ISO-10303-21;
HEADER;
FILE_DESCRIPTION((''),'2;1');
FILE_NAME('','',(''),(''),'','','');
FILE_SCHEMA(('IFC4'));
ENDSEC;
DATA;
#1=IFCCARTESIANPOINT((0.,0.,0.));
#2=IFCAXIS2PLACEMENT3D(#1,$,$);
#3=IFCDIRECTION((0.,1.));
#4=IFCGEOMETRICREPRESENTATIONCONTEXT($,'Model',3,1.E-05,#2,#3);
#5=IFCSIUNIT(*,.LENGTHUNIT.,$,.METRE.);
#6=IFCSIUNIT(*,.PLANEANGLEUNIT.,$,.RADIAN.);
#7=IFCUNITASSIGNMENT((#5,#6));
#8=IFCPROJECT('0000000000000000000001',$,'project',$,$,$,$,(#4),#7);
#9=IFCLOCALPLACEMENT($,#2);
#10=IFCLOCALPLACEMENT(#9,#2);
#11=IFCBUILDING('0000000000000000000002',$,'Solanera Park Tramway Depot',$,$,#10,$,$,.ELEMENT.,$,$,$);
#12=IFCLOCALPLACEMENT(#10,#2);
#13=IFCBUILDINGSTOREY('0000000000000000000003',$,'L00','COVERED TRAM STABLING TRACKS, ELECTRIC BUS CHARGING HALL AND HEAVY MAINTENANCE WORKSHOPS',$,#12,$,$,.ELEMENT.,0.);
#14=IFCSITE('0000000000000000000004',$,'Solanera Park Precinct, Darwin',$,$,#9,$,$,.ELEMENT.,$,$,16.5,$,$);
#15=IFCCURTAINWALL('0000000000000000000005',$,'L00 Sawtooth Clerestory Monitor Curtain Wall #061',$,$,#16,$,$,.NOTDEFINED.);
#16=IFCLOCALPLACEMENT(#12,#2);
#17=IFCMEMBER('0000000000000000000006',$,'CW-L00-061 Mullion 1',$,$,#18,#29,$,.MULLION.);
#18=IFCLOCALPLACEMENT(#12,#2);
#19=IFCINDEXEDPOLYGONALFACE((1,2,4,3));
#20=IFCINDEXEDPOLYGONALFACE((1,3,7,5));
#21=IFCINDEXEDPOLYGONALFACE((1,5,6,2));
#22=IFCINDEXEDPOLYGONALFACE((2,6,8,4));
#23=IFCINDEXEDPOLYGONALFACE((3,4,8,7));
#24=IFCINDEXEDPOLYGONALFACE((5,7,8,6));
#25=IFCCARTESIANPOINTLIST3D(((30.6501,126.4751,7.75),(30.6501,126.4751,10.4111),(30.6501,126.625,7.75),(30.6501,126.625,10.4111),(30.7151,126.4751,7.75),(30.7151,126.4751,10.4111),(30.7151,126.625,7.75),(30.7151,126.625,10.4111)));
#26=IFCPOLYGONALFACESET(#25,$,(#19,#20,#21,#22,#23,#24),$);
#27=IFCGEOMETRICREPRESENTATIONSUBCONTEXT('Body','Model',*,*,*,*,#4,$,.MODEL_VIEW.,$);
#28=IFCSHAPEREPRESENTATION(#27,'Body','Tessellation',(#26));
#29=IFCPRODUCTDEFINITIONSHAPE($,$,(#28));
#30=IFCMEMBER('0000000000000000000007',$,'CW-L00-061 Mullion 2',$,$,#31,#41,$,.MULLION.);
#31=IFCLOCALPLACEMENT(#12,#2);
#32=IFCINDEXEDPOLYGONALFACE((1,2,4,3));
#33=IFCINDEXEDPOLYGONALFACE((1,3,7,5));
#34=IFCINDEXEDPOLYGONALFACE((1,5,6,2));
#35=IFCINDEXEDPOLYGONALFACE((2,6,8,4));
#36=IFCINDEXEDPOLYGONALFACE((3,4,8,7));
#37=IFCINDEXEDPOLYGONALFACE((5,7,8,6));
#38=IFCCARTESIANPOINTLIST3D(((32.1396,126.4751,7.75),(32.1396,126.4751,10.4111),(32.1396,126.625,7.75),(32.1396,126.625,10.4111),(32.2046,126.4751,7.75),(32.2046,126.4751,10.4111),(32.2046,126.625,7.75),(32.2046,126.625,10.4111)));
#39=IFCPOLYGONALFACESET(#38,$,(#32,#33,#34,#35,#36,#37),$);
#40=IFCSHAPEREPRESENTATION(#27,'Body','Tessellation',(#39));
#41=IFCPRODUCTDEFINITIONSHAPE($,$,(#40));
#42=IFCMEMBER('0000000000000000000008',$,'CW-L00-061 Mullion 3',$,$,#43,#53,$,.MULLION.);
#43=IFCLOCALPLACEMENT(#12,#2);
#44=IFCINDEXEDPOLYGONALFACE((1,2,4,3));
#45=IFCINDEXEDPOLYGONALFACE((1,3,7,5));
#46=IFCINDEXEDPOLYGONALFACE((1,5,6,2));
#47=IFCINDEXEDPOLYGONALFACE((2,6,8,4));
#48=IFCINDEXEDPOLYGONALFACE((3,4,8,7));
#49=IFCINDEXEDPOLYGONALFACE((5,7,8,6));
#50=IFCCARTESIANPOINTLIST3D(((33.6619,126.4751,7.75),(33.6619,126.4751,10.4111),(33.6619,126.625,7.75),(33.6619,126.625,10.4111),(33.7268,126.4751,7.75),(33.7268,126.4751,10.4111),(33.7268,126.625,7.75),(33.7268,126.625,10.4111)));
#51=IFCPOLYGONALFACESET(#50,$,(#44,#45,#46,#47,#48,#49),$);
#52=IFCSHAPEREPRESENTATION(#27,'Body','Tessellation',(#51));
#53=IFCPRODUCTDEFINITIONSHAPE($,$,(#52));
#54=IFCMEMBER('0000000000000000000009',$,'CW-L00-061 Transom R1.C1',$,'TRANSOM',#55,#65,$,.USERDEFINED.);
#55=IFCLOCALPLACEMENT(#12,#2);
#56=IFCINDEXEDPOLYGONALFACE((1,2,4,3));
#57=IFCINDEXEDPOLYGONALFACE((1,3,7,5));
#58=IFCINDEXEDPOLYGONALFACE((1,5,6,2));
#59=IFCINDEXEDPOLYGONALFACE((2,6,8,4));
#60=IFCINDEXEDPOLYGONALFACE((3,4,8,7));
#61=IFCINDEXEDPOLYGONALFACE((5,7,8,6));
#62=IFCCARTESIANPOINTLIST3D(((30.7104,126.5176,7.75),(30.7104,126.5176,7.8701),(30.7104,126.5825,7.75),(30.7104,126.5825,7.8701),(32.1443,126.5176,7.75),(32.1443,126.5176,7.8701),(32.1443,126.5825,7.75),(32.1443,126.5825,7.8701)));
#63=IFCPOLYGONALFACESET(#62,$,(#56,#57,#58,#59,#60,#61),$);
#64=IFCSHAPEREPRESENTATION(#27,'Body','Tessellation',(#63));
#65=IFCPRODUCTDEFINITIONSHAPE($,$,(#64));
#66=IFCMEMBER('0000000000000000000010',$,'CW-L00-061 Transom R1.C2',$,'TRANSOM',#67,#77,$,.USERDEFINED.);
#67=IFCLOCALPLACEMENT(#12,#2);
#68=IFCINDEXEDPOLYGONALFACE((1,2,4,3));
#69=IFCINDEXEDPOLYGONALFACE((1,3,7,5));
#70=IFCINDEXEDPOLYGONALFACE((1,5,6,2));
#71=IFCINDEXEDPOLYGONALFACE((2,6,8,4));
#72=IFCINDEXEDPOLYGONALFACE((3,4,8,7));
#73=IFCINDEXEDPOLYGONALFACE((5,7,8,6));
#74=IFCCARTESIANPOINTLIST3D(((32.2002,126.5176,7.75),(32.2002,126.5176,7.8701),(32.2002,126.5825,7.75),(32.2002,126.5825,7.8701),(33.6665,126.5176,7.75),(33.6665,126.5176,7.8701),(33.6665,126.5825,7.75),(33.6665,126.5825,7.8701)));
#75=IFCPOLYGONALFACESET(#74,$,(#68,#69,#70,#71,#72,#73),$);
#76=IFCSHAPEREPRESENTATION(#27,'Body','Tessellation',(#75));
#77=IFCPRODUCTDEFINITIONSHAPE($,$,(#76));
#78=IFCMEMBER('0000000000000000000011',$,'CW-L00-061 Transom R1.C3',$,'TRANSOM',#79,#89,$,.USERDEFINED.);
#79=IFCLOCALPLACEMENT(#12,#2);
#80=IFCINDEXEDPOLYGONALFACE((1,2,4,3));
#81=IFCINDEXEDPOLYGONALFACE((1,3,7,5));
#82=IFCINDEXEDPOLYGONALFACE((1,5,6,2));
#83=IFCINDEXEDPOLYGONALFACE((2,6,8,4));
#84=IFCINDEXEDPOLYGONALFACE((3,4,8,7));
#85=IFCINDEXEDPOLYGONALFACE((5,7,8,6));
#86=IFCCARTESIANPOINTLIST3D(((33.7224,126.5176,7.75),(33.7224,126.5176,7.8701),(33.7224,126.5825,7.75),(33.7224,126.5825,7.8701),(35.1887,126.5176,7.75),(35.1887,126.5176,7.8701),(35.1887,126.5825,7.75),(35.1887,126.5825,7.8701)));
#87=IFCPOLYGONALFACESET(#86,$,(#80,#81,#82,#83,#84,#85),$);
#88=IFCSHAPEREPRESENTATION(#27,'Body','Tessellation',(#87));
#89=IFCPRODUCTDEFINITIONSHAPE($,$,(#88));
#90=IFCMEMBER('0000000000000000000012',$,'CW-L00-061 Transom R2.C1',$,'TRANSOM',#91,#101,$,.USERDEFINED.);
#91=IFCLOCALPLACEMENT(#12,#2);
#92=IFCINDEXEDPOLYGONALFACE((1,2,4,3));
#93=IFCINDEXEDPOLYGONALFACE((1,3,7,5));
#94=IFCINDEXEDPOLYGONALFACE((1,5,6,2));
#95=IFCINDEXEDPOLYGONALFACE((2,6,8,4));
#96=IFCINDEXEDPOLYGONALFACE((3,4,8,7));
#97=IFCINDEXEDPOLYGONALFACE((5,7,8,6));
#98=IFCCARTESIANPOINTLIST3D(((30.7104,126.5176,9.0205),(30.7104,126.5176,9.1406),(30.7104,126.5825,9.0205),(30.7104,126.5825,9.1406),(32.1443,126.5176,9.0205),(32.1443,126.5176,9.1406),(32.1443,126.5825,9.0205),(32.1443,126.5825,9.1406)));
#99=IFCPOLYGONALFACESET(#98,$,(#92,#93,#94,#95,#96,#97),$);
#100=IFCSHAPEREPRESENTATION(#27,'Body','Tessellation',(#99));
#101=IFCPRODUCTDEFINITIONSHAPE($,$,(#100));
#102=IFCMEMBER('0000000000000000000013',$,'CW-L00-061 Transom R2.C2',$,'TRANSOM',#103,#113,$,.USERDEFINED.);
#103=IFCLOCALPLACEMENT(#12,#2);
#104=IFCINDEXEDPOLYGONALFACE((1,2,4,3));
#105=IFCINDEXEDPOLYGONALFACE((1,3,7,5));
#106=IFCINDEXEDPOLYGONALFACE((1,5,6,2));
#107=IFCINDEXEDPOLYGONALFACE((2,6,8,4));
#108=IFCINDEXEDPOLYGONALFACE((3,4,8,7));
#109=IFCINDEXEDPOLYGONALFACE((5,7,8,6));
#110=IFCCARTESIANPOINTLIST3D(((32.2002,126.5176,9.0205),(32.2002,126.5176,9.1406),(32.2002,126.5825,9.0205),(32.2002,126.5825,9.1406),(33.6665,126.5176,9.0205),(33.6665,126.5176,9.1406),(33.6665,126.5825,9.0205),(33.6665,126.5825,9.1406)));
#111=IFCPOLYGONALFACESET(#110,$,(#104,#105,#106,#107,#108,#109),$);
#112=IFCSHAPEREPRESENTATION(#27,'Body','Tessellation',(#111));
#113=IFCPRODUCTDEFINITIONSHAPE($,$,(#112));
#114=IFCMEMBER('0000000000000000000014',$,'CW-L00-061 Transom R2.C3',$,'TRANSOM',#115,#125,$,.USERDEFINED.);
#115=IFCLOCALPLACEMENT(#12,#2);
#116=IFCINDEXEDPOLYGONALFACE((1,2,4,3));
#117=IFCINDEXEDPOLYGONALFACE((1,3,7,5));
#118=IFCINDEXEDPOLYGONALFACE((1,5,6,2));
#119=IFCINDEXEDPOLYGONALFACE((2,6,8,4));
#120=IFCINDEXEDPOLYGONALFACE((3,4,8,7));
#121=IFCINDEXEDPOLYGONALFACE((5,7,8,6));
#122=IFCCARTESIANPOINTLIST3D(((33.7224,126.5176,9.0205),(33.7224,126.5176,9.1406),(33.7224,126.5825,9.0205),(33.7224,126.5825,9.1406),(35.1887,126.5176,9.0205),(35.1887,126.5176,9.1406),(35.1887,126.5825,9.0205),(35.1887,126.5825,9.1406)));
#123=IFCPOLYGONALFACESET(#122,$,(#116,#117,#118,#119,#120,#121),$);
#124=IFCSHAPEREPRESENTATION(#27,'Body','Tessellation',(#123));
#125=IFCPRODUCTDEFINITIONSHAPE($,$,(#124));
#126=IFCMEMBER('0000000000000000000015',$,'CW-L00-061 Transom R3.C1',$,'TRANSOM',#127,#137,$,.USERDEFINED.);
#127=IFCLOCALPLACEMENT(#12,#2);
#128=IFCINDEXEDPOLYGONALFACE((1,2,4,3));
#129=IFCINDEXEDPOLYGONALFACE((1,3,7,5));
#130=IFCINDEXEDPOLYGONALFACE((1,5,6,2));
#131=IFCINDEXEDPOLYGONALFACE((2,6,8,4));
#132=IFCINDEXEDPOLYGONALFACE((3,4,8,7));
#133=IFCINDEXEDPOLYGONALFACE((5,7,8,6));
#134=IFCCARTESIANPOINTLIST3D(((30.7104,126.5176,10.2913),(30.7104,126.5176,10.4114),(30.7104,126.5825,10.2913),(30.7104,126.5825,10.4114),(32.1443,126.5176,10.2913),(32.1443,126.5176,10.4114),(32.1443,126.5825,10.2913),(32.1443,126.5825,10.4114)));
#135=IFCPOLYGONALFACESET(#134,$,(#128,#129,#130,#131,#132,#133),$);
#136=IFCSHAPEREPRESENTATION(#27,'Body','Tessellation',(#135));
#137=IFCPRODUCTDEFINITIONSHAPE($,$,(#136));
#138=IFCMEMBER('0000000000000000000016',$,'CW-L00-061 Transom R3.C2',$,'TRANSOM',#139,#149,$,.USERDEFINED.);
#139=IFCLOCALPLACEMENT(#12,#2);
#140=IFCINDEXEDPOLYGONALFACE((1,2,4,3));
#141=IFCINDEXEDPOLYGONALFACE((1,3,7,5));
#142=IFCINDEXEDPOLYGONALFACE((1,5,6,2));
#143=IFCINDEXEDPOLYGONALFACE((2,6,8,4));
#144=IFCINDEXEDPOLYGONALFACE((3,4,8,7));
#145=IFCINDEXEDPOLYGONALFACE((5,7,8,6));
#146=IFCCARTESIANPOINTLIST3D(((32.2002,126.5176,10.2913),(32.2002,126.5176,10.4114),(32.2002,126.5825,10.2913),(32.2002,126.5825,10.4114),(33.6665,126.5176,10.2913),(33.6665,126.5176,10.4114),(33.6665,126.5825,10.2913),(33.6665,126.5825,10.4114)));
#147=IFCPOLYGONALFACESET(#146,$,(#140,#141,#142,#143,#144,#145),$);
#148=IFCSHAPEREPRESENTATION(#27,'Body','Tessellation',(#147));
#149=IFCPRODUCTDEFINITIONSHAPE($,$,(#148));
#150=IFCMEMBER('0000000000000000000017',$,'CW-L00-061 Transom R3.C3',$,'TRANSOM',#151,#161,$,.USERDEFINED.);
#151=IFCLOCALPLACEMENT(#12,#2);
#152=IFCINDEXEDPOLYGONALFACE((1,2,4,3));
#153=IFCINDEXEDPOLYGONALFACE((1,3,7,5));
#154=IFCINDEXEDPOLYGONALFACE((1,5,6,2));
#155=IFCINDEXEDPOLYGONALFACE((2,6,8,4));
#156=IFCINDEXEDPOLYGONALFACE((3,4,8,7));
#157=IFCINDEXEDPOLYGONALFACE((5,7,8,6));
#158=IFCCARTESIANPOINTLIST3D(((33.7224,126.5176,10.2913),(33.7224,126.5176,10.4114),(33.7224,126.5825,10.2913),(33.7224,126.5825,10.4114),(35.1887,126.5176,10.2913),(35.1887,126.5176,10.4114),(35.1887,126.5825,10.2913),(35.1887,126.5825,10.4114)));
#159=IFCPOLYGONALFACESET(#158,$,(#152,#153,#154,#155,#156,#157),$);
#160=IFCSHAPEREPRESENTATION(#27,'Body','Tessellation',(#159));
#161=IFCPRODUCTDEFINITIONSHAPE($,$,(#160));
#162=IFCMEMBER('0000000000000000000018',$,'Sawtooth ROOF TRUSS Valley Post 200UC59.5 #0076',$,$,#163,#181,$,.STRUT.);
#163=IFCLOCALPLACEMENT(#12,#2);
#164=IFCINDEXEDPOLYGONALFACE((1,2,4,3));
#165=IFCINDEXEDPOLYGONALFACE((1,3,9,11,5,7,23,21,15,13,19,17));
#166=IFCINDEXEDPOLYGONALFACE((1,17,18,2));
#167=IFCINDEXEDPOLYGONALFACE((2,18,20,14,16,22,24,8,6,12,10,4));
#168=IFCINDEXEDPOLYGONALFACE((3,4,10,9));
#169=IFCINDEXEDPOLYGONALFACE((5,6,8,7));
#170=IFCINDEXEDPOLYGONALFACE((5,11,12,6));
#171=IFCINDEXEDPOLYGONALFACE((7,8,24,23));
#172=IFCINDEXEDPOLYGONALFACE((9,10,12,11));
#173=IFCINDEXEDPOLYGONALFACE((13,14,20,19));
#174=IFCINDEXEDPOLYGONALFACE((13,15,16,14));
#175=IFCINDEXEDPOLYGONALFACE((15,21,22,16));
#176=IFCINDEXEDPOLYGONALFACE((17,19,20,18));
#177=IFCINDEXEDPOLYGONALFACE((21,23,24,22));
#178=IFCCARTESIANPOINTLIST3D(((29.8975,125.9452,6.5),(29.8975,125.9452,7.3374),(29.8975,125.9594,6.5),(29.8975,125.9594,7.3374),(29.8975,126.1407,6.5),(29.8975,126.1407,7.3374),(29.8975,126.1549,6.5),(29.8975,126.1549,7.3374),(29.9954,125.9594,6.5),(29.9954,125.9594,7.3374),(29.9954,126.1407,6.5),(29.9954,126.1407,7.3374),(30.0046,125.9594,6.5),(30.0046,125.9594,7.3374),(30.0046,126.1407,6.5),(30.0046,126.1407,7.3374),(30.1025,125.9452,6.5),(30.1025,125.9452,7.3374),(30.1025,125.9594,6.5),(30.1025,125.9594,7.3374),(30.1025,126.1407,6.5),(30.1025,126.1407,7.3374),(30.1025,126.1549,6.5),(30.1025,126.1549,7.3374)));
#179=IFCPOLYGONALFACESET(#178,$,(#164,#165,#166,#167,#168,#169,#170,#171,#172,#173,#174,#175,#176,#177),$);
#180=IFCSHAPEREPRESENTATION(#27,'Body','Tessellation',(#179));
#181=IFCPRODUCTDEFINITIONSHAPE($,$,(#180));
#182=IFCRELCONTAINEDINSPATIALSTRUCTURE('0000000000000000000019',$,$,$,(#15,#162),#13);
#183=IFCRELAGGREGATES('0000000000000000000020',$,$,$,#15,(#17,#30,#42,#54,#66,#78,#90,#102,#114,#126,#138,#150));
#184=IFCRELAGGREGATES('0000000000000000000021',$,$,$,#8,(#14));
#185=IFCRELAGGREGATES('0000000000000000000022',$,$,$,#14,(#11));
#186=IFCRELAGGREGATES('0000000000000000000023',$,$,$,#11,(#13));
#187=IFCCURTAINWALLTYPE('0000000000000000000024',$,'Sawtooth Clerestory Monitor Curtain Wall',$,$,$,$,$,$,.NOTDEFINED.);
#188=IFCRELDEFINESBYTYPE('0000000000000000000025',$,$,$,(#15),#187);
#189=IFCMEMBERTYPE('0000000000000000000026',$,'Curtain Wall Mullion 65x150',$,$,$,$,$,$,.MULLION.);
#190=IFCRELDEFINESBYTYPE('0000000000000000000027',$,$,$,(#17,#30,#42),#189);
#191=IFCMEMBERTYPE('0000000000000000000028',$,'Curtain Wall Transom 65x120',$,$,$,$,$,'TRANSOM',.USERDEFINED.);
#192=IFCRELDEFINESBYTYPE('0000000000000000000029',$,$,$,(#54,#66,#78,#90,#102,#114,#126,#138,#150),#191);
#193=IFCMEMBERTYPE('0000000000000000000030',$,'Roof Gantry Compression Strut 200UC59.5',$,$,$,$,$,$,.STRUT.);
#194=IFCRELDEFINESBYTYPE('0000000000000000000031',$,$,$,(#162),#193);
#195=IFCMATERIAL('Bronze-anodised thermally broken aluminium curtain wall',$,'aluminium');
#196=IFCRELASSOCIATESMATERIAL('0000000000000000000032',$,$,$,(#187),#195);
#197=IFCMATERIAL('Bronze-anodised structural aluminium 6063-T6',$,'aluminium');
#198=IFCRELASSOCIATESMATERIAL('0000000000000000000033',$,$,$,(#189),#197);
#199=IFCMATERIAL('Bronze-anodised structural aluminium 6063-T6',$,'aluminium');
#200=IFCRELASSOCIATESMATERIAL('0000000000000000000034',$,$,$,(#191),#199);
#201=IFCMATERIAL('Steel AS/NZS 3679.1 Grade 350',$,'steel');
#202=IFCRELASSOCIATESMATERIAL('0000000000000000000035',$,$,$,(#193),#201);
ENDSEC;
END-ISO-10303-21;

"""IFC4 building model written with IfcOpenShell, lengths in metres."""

from ifc_helpers import new_model, si_unit, direction, frame, origin, origin_2d, place, context, subcontext, project, spatial, rectangle, i_section, extrude, material, material_profile, profile_set, type_object, element, aggregate, save


model = new_model("IFC4")

# Units and contexts
model_context = context("Model", 3, precision=1e-05, world=origin(), true_north=direction((0.0, 1.0)))
body_context = subcontext(model_context, "Body", "Model", "MODEL_VIEW")
ifc_project = project(units=[si_unit("LENGTHUNIT", "METRE"), si_unit("PLANEANGLEUNIT", "RADIAN")], contexts=[model_context])

# Site, building, storey
site_placement = place(None, origin())
site = spatial("IfcSite", under=ifc_project, at=site_placement, Name="Solanera Park Precinct, Darwin", CompositionType="ELEMENT", RefElevation=16.5)
building_placement = place(site_placement, origin())
building = spatial("IfcBuilding", under=site, at=building_placement, Name="Solanera Park Tramway Depot", CompositionType="ELEMENT")
storey_placement = place(building_placement, origin())
storey = spatial("IfcBuildingStorey", under=building, at=storey_placement, Name="L00", Description="COVERED TRAM STABLING TRACKS, ELECTRIC BUS CHARGING HALL AND HEAVY MAINTENANCE WORKSHOPS", CompositionType="ELEMENT", Elevation=0.0)

# Curtain wall, members
ifc_material_1 = material(Name="Bronze-anodised thermally broken aluminium curtain wall", Category="aluminium")
curtain_wall_type = type_object("IfcCurtainWallType", Name="Sawtooth Clerestory Monitor Curtain Wall", PredefinedType="NOTDEFINED", material=ifc_material_1)
curtain_wall_placement = place(storey_placement, origin())
curtain_wall = element("IfcCurtainWall", 1, at=curtain_wall_placement, inside=storey, type_object=curtain_wall_type, Name="L00 Sawtooth Clerestory Monitor Curtain Wall #061", PredefinedType="NOTDEFINED")
ifc_material_2 = material(Name="Bronze-anodised structural aluminium 6063-T6", Category="aluminium")
ifc_material_profile_1 = material_profile(ifc_material_2, rectangle(XDim=0.0649, YDim=0.1499, at=origin_2d()), Name="Curtain Wall Mullion 65x150")
ifc_profile_set_1 = profile_set([ifc_material_profile_1], Name="Bronze-anodised structural aluminium 6063-T6")
member_type_1 = type_object("IfcMemberType", Name="Curtain Wall Mullion 65x150", PredefinedType="MULLION", material=ifc_profile_set_1)
member_1_placement = place(storey_placement, frame((30.6826, 126.55, 7.75), z_axis=(0.0, 0.0, 1.0), x_axis=(1.0, 0.0, 0.0)))
member_1 = element("IfcMember", 2, at=member_1_placement, type_object=member_type_1, Name="CW-L00-061 Mullion 1", PredefinedType="MULLION", context=body_context, shape_type="SweptSolid", body=[
    extrude(rectangle(XDim=0.0649, YDim=0.1499, at=origin_2d()), origin(), (0.0, 0.0, 1.0), 2.6611),
])
member_2_placement = place(storey_placement, frame((32.1721, 126.55, 7.75), z_axis=(0.0, 0.0, 1.0), x_axis=(1.0, 0.0, 0.0)))
member_2 = element("IfcMember", 3, at=member_2_placement, type_object=member_type_1, Name="CW-L00-061 Mullion 2", PredefinedType="MULLION", context=body_context, shape_type="SweptSolid", body=[
    extrude(rectangle(XDim=0.0649, YDim=0.1499, at=origin_2d()), origin(), (0.0, 0.0, 1.0), 2.6611),
])
member_3_placement = place(storey_placement, frame((33.6943, 126.55, 7.75), z_axis=(0.0, 0.0, 1.0), x_axis=(1.0, 0.0, 0.0)))
member_3 = element("IfcMember", 4, at=member_3_placement, type_object=member_type_1, Name="CW-L00-061 Mullion 3", PredefinedType="MULLION", context=body_context, shape_type="SweptSolid", body=[
    extrude(rectangle(XDim=0.0649, YDim=0.1499, at=origin_2d()), origin(), (0.0, 0.0, 1.0), 2.6611),
])
ifc_material_3 = material(Name="Bronze-anodised structural aluminium 6063-T6", Category="aluminium")
ifc_material_profile_2 = material_profile(ifc_material_3, rectangle(XDim=0.0649, YDim=0.1201, at=origin_2d()), Name="Curtain Wall Transom 65x120")
ifc_profile_set_2 = profile_set([ifc_material_profile_2], Name="Bronze-anodised structural aluminium 6063-T6")
member_type_2 = type_object("IfcMemberType", Name="Curtain Wall Transom 65x120", ElementType="TRANSOM", PredefinedType="USERDEFINED", material=ifc_profile_set_2)
member_4_placement = place(storey_placement, frame((30.7104, 126.55, 7.8101), z_axis=(1.0, 0.0, 0.0), x_axis=(0.0, 1.0, 0.0)))
member_4 = element("IfcMember", 5, at=member_4_placement, type_object=member_type_2, Name="CW-L00-061 Transom R1.C1", ObjectType="TRANSOM", PredefinedType="USERDEFINED", context=body_context, shape_type="SweptSolid", body=[
    extrude(rectangle(XDim=0.0649, YDim=0.1201, at=origin_2d()), origin(), (0.0, 0.0, 1.0), 1.4338),
])
member_5_placement = place(storey_placement, frame((32.2002, 126.55, 7.8101), z_axis=(1.0, 0.0, 0.0), x_axis=(0.0, 1.0, 0.0)))
member_5 = element("IfcMember", 6, at=member_5_placement, type_object=member_type_2, Name="CW-L00-061 Transom R1.C2", ObjectType="TRANSOM", PredefinedType="USERDEFINED", context=body_context, shape_type="SweptSolid", body=[
    extrude(rectangle(XDim=0.0649, YDim=0.1201, at=origin_2d()), origin(), (0.0, 0.0, 1.0), 1.4663),
])
member_6_placement = place(storey_placement, frame((33.7224, 126.55, 7.8101), z_axis=(1.0, 0.0, 0.0), x_axis=(0.0, 1.0, 0.0)))
member_6 = element("IfcMember", 7, at=member_6_placement, type_object=member_type_2, Name="CW-L00-061 Transom R1.C3", ObjectType="TRANSOM", PredefinedType="USERDEFINED", context=body_context, shape_type="SweptSolid", body=[
    extrude(rectangle(XDim=0.0649, YDim=0.1201, at=origin_2d()), origin(), (0.0, 0.0, 1.0), 1.4663),
])
member_7_placement = place(storey_placement, frame((30.7104, 126.55, 9.0806), z_axis=(1.0, 0.0, 0.0), x_axis=(0.0, 1.0, 0.0)))
member_7 = element("IfcMember", 8, at=member_7_placement, type_object=member_type_2, Name="CW-L00-061 Transom R2.C1", ObjectType="TRANSOM", PredefinedType="USERDEFINED", context=body_context, shape_type="SweptSolid", body=[
    extrude(rectangle(XDim=0.0649, YDim=0.1201, at=origin_2d()), origin(), (0.0, 0.0, 1.0), 1.4338),
])
member_8_placement = place(storey_placement, frame((32.2002, 126.55, 9.0806), z_axis=(1.0, 0.0, 0.0), x_axis=(0.0, 1.0, 0.0)))
member_8 = element("IfcMember", 9, at=member_8_placement, type_object=member_type_2, Name="CW-L00-061 Transom R2.C2", ObjectType="TRANSOM", PredefinedType="USERDEFINED", context=body_context, shape_type="SweptSolid", body=[
    extrude(rectangle(XDim=0.0649, YDim=0.1201, at=origin_2d()), origin(), (0.0, 0.0, 1.0), 1.4663),
])
member_9_placement = place(storey_placement, frame((33.7224, 126.55, 9.0806), z_axis=(1.0, 0.0, 0.0), x_axis=(0.0, 1.0, 0.0)))
member_9 = element("IfcMember", 10, at=member_9_placement, type_object=member_type_2, Name="CW-L00-061 Transom R2.C3", ObjectType="TRANSOM", PredefinedType="USERDEFINED", context=body_context, shape_type="SweptSolid", body=[
    extrude(rectangle(XDim=0.0649, YDim=0.1201, at=origin_2d()), origin(), (0.0, 0.0, 1.0), 1.4663),
])
member_10_placement = place(storey_placement, frame((30.7104, 126.55, 10.3513), z_axis=(1.0, 0.0, 0.0), x_axis=(0.0, 1.0, 0.0)))
member_10 = element("IfcMember", 11, at=member_10_placement, type_object=member_type_2, Name="CW-L00-061 Transom R3.C1", ObjectType="TRANSOM", PredefinedType="USERDEFINED", context=body_context, shape_type="SweptSolid", body=[
    extrude(rectangle(XDim=0.0649, YDim=0.1201, at=origin_2d()), origin(), (0.0, 0.0, 1.0), 1.4338),
])
member_11_placement = place(storey_placement, frame((32.2002, 126.55, 10.3513), z_axis=(1.0, 0.0, 0.0), x_axis=(0.0, 1.0, 0.0)))
member_11 = element("IfcMember", 12, at=member_11_placement, type_object=member_type_2, Name="CW-L00-061 Transom R3.C2", ObjectType="TRANSOM", PredefinedType="USERDEFINED", context=body_context, shape_type="SweptSolid", body=[
    extrude(rectangle(XDim=0.0649, YDim=0.1201, at=origin_2d()), origin(), (0.0, 0.0, 1.0), 1.4663),
])
member_12_placement = place(storey_placement, frame((33.7224, 126.55, 10.3513), z_axis=(1.0, 0.0, 0.0), x_axis=(0.0, 1.0, 0.0)))
member_12 = element("IfcMember", 13, at=member_12_placement, type_object=member_type_2, Name="CW-L00-061 Transom R3.C3", ObjectType="TRANSOM", PredefinedType="USERDEFINED", context=body_context, shape_type="SweptSolid", body=[
    extrude(rectangle(XDim=0.0649, YDim=0.1201, at=origin_2d()), origin(), (0.0, 0.0, 1.0), 1.4663),
])

# Member
ifc_material_4 = material(Name="Steel AS/NZS 3679.1 Grade 350", Category="steel")
ifc_material_profile_3 = material_profile(ifc_material_4, i_section(OverallWidth=0.2051, OverallDepth=0.2097, WebThickness=0.0093, FlangeThickness=0.0142, at=origin_2d()), Name="200UC59.5")
ifc_profile_set_3 = profile_set([ifc_material_profile_3], Name="Steel AS/NZS 3679.1 Grade 350")
member_type_3 = type_object("IfcMemberType", Name="Roof Gantry Compression Strut 200UC59.5", PredefinedType="STRUT", material=ifc_profile_set_3)
member_13_placement = place(storey_placement, frame((30.0, 126.05, 6.5), z_axis=(0.0, 0.0, 1.0), x_axis=(1.0, 0.0, 0.0)))
element("IfcMember", 14, at=member_13_placement, inside=storey, type_object=member_type_3, Name="Sawtooth ROOF TRUSS Valley Post 200UC59.5 #0076", PredefinedType="STRUT", context=body_context, shape_type="SweptSolid", body=[
    extrude(i_section(OverallWidth=0.2051, OverallDepth=0.2097, WebThickness=0.0093, FlangeThickness=0.0142, at=origin_2d()), origin(), (0.0, 0.0, 1.0), 0.8374),
])

aggregate(curtain_wall, [member_1, member_2, member_3, member_4, member_5, member_6, member_7, member_8, member_9, member_10, member_11, member_12])

save(model, "model.ifc")
